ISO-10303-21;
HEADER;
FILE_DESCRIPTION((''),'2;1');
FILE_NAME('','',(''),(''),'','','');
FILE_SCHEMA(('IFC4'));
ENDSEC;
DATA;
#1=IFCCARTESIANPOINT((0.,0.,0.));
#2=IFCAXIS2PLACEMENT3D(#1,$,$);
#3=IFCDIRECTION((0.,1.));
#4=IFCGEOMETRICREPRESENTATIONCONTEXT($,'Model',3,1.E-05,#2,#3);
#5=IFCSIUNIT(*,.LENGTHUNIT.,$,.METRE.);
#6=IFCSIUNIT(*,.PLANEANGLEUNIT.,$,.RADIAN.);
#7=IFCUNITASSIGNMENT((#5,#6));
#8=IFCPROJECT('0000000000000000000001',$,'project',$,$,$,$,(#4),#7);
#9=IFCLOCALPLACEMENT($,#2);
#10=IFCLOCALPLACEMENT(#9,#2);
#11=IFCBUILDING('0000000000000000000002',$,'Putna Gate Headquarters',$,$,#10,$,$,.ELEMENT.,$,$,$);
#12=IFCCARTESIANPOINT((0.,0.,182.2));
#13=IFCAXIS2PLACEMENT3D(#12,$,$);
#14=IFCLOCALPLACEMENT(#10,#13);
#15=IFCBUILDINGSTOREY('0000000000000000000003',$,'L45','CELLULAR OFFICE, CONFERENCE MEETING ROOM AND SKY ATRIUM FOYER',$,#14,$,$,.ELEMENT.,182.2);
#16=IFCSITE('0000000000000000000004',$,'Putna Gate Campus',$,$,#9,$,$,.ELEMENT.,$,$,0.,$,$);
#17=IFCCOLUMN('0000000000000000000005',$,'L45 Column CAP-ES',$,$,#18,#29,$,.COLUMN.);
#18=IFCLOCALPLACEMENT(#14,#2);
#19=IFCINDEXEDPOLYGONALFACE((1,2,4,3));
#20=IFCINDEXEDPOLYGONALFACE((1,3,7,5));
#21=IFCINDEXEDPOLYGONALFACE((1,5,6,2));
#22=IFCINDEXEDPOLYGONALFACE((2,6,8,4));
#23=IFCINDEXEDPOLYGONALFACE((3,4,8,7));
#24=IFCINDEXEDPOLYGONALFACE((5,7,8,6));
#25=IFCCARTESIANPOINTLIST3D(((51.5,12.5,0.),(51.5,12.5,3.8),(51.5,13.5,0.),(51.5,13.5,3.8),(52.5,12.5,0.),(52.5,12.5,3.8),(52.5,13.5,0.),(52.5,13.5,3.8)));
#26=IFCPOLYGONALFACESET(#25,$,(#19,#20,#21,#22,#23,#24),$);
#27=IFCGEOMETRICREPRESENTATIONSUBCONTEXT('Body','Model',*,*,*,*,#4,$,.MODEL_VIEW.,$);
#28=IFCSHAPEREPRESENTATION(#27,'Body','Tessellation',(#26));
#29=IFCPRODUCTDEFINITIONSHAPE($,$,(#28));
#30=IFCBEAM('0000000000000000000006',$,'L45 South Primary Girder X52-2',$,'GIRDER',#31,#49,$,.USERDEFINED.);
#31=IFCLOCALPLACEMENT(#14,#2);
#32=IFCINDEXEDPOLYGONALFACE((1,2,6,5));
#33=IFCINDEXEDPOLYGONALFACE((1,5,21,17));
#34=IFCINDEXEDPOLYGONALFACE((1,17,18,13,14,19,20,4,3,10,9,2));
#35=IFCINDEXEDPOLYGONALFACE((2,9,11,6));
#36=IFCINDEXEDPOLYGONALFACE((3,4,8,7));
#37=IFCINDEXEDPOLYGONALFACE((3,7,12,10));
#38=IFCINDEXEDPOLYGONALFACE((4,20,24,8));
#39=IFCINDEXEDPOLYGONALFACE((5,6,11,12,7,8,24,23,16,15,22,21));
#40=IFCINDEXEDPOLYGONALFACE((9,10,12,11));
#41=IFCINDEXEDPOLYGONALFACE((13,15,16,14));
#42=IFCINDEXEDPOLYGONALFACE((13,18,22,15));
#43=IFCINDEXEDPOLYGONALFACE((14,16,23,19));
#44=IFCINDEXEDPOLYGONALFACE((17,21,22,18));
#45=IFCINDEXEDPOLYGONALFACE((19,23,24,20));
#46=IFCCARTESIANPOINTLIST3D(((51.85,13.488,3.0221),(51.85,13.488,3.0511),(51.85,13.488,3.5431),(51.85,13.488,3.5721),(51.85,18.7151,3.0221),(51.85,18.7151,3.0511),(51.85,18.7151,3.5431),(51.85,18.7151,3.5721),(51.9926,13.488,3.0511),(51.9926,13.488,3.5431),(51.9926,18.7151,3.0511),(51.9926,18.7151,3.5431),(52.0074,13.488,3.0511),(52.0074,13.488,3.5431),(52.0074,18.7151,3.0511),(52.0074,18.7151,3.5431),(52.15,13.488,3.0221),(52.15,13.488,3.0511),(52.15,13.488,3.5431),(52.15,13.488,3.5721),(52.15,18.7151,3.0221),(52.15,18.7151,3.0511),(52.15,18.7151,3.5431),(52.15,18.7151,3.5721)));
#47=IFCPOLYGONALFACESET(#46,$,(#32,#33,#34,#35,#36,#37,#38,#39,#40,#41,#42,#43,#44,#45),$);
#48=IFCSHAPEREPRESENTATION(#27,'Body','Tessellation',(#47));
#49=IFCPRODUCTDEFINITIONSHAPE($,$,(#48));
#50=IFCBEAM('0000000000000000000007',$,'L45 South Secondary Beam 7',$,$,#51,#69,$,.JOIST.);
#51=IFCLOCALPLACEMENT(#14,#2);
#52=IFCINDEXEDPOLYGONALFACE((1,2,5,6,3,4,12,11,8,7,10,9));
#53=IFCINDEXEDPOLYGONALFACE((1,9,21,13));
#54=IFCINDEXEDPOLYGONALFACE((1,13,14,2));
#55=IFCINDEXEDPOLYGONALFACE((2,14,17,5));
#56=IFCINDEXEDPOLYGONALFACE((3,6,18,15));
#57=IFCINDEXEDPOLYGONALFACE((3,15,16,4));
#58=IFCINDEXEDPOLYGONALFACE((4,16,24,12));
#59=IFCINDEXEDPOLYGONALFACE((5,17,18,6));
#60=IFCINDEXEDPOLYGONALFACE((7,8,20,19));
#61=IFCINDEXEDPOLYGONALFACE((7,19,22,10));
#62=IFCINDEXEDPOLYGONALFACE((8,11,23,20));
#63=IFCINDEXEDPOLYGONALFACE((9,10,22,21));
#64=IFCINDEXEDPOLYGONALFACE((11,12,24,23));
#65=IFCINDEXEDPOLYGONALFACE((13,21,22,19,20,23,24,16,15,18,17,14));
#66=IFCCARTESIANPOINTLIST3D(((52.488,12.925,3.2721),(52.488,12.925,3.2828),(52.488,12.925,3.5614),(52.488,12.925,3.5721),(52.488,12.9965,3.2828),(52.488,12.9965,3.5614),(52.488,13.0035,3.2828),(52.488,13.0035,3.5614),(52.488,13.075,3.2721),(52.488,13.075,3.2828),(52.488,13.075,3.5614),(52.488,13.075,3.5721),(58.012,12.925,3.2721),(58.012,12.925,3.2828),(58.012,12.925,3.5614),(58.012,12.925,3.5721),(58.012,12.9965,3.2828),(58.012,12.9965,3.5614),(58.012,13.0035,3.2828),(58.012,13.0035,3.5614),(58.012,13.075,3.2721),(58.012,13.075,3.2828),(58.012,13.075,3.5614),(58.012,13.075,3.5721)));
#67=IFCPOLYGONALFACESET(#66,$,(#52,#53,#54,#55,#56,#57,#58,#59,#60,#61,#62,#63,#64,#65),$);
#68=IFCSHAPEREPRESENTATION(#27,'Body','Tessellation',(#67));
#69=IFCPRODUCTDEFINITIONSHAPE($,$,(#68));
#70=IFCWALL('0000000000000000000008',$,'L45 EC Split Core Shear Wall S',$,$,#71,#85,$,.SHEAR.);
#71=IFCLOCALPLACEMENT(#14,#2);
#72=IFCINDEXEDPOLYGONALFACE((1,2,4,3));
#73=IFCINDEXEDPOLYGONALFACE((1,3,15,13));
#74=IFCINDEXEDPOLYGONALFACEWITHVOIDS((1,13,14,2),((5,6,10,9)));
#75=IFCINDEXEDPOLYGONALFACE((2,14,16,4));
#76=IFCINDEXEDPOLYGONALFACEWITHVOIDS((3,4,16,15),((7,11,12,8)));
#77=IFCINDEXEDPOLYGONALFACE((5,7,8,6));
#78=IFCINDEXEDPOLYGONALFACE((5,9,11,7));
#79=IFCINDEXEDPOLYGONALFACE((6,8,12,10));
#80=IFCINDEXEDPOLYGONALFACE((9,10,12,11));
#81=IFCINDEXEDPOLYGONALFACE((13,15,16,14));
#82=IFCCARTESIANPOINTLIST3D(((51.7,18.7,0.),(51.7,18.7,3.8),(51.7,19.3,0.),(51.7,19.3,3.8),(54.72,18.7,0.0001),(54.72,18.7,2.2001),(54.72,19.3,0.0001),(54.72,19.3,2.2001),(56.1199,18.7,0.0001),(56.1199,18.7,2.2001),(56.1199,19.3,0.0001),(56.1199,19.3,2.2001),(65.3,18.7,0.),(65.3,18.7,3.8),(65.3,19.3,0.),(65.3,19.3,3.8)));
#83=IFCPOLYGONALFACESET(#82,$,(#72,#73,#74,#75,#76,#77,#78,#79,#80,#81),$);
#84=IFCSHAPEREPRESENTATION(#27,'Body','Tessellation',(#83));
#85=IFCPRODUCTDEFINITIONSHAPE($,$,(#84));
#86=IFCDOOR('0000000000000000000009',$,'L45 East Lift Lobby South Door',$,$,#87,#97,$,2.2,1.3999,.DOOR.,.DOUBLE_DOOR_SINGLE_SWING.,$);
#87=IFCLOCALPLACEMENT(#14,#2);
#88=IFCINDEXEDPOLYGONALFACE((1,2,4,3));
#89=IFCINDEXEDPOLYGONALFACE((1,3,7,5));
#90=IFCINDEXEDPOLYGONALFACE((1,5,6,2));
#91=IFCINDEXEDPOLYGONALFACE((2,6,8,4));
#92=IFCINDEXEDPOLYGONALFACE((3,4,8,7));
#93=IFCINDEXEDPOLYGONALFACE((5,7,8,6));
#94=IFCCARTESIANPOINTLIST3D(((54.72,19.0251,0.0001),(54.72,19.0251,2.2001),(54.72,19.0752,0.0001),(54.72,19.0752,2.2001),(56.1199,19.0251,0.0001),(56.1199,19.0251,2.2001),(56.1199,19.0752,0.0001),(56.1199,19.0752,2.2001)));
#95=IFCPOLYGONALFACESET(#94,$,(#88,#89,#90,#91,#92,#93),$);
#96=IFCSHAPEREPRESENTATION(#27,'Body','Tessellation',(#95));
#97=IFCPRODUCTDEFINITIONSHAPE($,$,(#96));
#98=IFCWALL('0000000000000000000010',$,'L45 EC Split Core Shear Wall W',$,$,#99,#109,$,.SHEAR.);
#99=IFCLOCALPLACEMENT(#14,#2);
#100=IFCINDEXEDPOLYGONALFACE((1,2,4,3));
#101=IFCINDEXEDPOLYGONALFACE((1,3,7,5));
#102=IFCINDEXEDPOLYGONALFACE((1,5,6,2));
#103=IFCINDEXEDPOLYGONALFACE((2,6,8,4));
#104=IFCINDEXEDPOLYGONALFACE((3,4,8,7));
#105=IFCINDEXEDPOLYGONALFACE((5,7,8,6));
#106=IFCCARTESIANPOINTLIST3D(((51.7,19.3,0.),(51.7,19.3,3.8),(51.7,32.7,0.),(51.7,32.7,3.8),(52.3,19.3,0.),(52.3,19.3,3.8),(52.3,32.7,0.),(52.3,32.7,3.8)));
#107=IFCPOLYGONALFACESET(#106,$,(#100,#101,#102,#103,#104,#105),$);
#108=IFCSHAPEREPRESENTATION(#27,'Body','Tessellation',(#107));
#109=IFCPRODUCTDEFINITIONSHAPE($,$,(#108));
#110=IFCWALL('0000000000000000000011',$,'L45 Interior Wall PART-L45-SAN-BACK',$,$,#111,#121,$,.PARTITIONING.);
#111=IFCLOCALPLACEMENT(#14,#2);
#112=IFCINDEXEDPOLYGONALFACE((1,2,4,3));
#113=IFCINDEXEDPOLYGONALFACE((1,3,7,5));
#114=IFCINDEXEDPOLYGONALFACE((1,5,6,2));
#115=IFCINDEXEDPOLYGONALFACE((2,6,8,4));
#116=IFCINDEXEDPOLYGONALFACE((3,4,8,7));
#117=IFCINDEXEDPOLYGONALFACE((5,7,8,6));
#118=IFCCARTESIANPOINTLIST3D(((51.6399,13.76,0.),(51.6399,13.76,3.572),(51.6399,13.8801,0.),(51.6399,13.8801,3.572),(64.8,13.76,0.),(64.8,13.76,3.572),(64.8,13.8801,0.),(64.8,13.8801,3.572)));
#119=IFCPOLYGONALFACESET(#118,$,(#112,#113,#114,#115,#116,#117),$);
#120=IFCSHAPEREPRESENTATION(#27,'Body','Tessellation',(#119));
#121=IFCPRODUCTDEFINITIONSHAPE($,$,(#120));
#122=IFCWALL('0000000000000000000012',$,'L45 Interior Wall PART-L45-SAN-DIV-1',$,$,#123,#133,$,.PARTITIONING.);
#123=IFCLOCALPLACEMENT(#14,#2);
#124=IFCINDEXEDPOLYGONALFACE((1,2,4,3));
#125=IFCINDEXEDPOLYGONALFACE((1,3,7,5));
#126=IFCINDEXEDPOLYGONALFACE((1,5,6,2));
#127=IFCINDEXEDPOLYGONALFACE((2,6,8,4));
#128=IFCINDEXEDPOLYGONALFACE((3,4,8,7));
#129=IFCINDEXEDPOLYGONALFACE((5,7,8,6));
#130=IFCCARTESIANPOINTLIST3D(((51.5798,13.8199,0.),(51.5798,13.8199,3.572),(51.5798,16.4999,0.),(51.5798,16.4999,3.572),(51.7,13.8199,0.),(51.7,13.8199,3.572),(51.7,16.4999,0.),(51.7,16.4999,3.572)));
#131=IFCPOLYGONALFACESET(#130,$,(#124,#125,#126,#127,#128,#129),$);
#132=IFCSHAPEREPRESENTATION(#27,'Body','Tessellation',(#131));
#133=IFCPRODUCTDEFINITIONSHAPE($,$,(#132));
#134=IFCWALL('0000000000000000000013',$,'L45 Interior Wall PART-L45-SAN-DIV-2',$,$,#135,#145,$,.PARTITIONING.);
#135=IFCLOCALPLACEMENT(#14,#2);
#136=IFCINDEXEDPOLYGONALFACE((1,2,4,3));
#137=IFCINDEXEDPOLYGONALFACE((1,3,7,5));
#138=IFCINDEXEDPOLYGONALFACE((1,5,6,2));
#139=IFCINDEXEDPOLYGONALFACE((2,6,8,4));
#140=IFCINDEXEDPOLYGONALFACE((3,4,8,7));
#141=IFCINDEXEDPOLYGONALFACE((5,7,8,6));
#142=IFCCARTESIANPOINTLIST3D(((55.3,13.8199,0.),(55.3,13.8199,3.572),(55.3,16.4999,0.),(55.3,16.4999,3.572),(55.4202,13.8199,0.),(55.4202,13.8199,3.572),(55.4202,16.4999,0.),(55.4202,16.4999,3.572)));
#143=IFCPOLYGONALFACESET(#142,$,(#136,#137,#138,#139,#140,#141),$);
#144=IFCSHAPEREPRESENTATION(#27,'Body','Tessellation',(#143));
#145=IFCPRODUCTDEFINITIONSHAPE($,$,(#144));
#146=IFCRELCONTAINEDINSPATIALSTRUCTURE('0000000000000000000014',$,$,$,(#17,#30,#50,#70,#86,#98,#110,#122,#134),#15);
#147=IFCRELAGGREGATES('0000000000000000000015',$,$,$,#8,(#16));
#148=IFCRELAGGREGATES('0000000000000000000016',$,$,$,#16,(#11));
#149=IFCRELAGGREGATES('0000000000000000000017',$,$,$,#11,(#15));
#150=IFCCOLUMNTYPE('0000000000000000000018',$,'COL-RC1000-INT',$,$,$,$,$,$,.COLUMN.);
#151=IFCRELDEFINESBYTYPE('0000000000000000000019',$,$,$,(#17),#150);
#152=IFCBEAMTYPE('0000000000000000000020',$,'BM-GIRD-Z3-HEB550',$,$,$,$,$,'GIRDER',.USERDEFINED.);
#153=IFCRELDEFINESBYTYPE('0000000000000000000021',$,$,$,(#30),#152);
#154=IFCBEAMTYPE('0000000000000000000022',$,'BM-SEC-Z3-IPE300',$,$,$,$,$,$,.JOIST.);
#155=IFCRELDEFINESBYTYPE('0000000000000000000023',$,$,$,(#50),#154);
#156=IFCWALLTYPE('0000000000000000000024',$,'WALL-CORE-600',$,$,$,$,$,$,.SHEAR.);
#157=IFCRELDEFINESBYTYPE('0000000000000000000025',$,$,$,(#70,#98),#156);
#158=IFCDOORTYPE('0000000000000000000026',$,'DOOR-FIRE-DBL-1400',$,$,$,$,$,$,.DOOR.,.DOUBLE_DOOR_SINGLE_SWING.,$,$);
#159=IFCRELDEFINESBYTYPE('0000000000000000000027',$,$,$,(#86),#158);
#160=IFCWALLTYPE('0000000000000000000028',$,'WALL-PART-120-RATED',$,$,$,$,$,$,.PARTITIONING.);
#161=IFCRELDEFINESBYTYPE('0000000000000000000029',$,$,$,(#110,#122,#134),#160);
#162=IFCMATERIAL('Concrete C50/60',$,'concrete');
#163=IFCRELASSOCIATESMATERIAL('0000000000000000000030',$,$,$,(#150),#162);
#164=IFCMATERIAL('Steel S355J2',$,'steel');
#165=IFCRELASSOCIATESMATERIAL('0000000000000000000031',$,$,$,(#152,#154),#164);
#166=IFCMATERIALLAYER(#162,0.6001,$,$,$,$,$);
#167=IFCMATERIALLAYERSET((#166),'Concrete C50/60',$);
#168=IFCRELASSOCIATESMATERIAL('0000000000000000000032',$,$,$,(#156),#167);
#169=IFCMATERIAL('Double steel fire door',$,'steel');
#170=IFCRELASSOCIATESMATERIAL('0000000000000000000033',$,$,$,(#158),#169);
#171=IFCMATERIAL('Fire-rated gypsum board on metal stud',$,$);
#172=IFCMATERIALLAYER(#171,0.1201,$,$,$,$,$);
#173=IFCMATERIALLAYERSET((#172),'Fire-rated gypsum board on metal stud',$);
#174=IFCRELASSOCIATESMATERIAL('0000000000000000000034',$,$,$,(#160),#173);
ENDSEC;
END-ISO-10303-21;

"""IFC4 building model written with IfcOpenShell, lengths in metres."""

from ifc_helpers import new_model, si_unit, direction, frame, frame_2d, origin, origin_2d, place, context, subcontext, project, spatial, rectangle, i_section, extrude, material, layer, layer_set, material_profile, profile_set, type_object, element, fill, save


model = new_model("IFC4")

# Units and contexts
model_context = context("Model", 3, precision=1e-05, world=origin(), true_north=direction((0.0, 1.0)))
body_context = subcontext(model_context, "Body", "Model", "MODEL_VIEW")
ifc_project = project(units=[si_unit("LENGTHUNIT", "METRE"), si_unit("PLANEANGLEUNIT", "RADIAN")], contexts=[model_context])

# Site, building, storey
site_placement = place(None, origin())
site = spatial("IfcSite", under=ifc_project, at=site_placement, Name="Putna Gate Campus", CompositionType="ELEMENT", RefElevation=0.0)
building_placement = place(site_placement, origin())
building = spatial("IfcBuilding", under=site, at=building_placement, Name="Putna Gate Headquarters", CompositionType="ELEMENT")
storey_placement = place(building_placement, frame((0.0, 0.0, 182.2)))
storey = spatial("IfcBuildingStorey", under=building, at=storey_placement, Name="L45", Description="CELLULAR OFFICE, CONFERENCE MEETING ROOM AND SKY ATRIUM FOYER", CompositionType="ELEMENT", Elevation=182.2)

# Column
ifc_material_1 = material(Name="Concrete C50/60", Category="concrete")
ifc_material_profile_1 = material_profile(ifc_material_1, rectangle(XDim=1.0, YDim=1.0, at=origin_2d()), Name="Concrete C50/60")
ifc_profile_set_1 = profile_set([ifc_material_profile_1], Name="Concrete C50/60")
column_type = type_object("IfcColumnType", Name="COL-RC1000-INT", PredefinedType="COLUMN", material=ifc_profile_set_1)
column_placement = place(storey_placement, frame((52.0, 13.0, 0.0), z_axis=(0.0, 0.0, 1.0), x_axis=(1.0, 0.0, 0.0)))
element("IfcColumn", 1, at=column_placement, inside=storey, type_object=column_type, Name="L45 Column CAP-ES", PredefinedType="COLUMN", context=body_context, shape_type="SweptSolid", body=[
    extrude(rectangle(XDim=1.0, YDim=1.0, at=origin_2d()), origin(), (0.0, 0.0, 1.0), 3.8),
])

# Beams
ifc_material_2 = material(Name="Steel S355J2", Category="steel")
ifc_material_profile_2 = material_profile(ifc_material_2, i_section(OverallWidth=0.3, OverallDepth=0.55, WebThickness=0.0149, FlangeThickness=0.0291, at=origin_2d()), Name="Steel S355J2")
ifc_profile_set_2 = profile_set([ifc_material_profile_2], Name="Steel S355J2")
beam_type_1 = type_object("IfcBeamType", Name="BM-GIRD-Z3-HEB550", ElementType="GIRDER", PredefinedType="USERDEFINED", material=ifc_profile_set_2)
beam_1_placement = place(storey_placement, frame((52.0, 13.488, 3.2971), z_axis=(0.0, 1.0, 0.0), x_axis=(-1.0, 0.0, 0.0)))
element("IfcBeam", 2, at=beam_1_placement, inside=storey, type_object=beam_type_1, Name="L45 South Primary Girder X52-2", ObjectType="GIRDER", PredefinedType="USERDEFINED", context=body_context, shape_type="SweptSolid", body=[
    extrude(i_section(OverallWidth=0.3, OverallDepth=0.55, WebThickness=0.0149, FlangeThickness=0.0291, at=origin_2d()), origin(), (0.0, 0.0, 1.0), 5.2271),
])
ifc_material_profile_3 = material_profile(ifc_material_2, i_section(OverallWidth=0.1499, OverallDepth=0.3, WebThickness=0.0071, FlangeThickness=0.0107, at=origin_2d()), Name="Steel S355J2")
ifc_profile_set_3 = profile_set([ifc_material_profile_3], Name="Steel S355J2")
beam_type_2 = type_object("IfcBeamType", Name="BM-SEC-Z3-IPE300", PredefinedType="JOIST", material=ifc_profile_set_3)
beam_2_placement = place(storey_placement, frame((52.488, 13.0, 3.4221), z_axis=(1.0, 0.0, 0.0), x_axis=(0.0, 1.0, 0.0)))
element("IfcBeam", 3, at=beam_2_placement, inside=storey, type_object=beam_type_2, Name="L45 South Secondary Beam 7", PredefinedType="JOIST", context=body_context, shape_type="SweptSolid", body=[
    extrude(i_section(OverallWidth=0.1499, OverallDepth=0.3, WebThickness=0.0071, FlangeThickness=0.0107, at=origin_2d()), origin(), (0.0, 0.0, 1.0), 5.5239),
])

# Wall, opening, door
ifc_layer_1 = layer(ifc_material_1, 0.6001)
ifc_layer_set_1 = layer_set([ifc_layer_1], Name="Concrete C50/60")
wall_type_1 = type_object("IfcWallType", Name="WALL-CORE-600", PredefinedType="SHEAR", material=ifc_layer_set_1)
wall_1_placement = place(storey_placement, frame((51.7, 19.0, 0.0), z_axis=(0.0, 0.0, 1.0), x_axis=(1.0, 0.0, 0.0)))
wall_1 = element("IfcWall", 4, at=wall_1_placement, inside=storey, type_object=wall_type_1, Name="L45 EC Split Core Shear Wall S", PredefinedType="SHEAR", context=body_context, shape_type="SweptSolid", body=[
    extrude(rectangle(XDim=13.6001, YDim=0.6001, at=frame_2d((6.8, 0.0))), origin(), (0.0, 0.0, 1.0), 3.8),
])
opening_1_placement = place(wall_1_placement, frame((3.02, 0.0, 0.0)))
opening_1 = element("IfcOpeningElement", 5, at=opening_1_placement, cuts=wall_1, PredefinedType="OPENING", context=body_context, shape_type="SweptSolid", body=[
    extrude(rectangle(XDim=1.3999, YDim=2.2, at=frame_2d((0.7, 1.1001))), frame((0.0, 0.3101, 0.0), z_axis=(0.0, -1.0, 0.0), x_axis=(1.0, 0.0, 0.0)), (0.0, 0.0, 1.0), 0.6201),
])
ifc_material_3 = material(Name="Double steel fire door", Category="steel")
door_type_1 = type_object("IfcDoorType", Name="DOOR-FIRE-DBL-1400", OperationType="DOUBLE_DOOR_SINGLE_SWING", PredefinedType="DOOR", material=ifc_material_3)
door_1_placement = place(opening_1_placement, origin())
door_1 = element("IfcDoor", 6, at=door_1_placement, inside=storey, type_object=door_type_1, Name="L45 East Lift Lobby South Door", OperationType="DOUBLE_DOOR_SINGLE_SWING", OverallHeight=2.2, OverallWidth=1.3999, PredefinedType="DOOR", context=body_context, shape_type="SweptSolid", body=[
    extrude(rectangle(XDim=1.3999, YDim=2.2, at=frame_2d((0.7, 1.1001))), frame((0.0, 0.0752, 0.0), z_axis=(0.0, -1.0, 0.0), x_axis=(1.0, 0.0, 0.0)), (0.0, 0.0, 1.0), 0.05),
])
fill(opening_1, door_1)

# Wall
wall_2_placement = place(storey_placement, frame((52.0, 19.3, 0.0), z_axis=(0.0, 0.0, 1.0), x_axis=(0.0, 1.0, 0.0)))
element("IfcWall", 7, at=wall_2_placement, inside=storey, type_object=wall_type_1, Name="L45 EC Split Core Shear Wall W", PredefinedType="SHEAR", context=body_context, shape_type="SweptSolid", body=[
    extrude(rectangle(XDim=13.3999, YDim=0.6001, at=frame_2d((6.7, 0.0))), origin(), (0.0, 0.0, 1.0), 3.8),
])

# Shared definitions
ifc_material_4 = material(Name="Fire-rated gypsum board on metal stud")
ifc_layer_2 = layer(ifc_material_4, 0.1201)
ifc_layer_set_2 = layer_set([ifc_layer_2], Name="Fire-rated gypsum board on metal stud")
wall_type_2 = type_object("IfcWallType", Name="WALL-PART-120-RATED", PredefinedType="PARTITIONING", material=ifc_layer_set_2)

# Walls
wall_3_placement = place(storey_placement, frame((51.6399, 13.8201, 0.0), z_axis=(0.0, 0.0, 1.0), x_axis=(1.0, 0.0, 0.0)))
element("IfcWall", 8, at=wall_3_placement, inside=storey, type_object=wall_type_2, Name="L45 Interior Wall PART-L45-SAN-BACK", PredefinedType="PARTITIONING", context=body_context, shape_type="SweptSolid", body=[
    extrude(rectangle(XDim=13.1602, YDim=0.1201, at=frame_2d((6.5801, 0.0))), origin(), (0.0, 0.0, 1.0), 3.572),
])
for number, where, z_axis, x_axis, name in (
    (9, (51.6399, 13.8201, 0.0), (0.0, 0.0, 1.0), (0.0, 1.0, 0.0), "L45 Interior Wall PART-L45-SAN-DIV-1"),
    (10, (55.3601, 13.8201, 0.0), (0.0, 0.0, 1.0), (0.0, 1.0, 0.0), "L45 Interior Wall PART-L45-SAN-DIV-2"),
):
    element("IfcWall", number, at=place(storey_placement, frame(where, z_axis=z_axis, x_axis=x_axis)), inside=storey, type_object=wall_type_2, Name=name, PredefinedType="PARTITIONING", context=body_context, shape_type="SweptSolid", body=[
        extrude(rectangle(XDim=2.6799, YDim=0.1201, at=frame_2d((1.3398, 0.0))), origin(), (0.0, 0.0, 1.0), 3.572),
    ])

save(model, "model.ifc")
